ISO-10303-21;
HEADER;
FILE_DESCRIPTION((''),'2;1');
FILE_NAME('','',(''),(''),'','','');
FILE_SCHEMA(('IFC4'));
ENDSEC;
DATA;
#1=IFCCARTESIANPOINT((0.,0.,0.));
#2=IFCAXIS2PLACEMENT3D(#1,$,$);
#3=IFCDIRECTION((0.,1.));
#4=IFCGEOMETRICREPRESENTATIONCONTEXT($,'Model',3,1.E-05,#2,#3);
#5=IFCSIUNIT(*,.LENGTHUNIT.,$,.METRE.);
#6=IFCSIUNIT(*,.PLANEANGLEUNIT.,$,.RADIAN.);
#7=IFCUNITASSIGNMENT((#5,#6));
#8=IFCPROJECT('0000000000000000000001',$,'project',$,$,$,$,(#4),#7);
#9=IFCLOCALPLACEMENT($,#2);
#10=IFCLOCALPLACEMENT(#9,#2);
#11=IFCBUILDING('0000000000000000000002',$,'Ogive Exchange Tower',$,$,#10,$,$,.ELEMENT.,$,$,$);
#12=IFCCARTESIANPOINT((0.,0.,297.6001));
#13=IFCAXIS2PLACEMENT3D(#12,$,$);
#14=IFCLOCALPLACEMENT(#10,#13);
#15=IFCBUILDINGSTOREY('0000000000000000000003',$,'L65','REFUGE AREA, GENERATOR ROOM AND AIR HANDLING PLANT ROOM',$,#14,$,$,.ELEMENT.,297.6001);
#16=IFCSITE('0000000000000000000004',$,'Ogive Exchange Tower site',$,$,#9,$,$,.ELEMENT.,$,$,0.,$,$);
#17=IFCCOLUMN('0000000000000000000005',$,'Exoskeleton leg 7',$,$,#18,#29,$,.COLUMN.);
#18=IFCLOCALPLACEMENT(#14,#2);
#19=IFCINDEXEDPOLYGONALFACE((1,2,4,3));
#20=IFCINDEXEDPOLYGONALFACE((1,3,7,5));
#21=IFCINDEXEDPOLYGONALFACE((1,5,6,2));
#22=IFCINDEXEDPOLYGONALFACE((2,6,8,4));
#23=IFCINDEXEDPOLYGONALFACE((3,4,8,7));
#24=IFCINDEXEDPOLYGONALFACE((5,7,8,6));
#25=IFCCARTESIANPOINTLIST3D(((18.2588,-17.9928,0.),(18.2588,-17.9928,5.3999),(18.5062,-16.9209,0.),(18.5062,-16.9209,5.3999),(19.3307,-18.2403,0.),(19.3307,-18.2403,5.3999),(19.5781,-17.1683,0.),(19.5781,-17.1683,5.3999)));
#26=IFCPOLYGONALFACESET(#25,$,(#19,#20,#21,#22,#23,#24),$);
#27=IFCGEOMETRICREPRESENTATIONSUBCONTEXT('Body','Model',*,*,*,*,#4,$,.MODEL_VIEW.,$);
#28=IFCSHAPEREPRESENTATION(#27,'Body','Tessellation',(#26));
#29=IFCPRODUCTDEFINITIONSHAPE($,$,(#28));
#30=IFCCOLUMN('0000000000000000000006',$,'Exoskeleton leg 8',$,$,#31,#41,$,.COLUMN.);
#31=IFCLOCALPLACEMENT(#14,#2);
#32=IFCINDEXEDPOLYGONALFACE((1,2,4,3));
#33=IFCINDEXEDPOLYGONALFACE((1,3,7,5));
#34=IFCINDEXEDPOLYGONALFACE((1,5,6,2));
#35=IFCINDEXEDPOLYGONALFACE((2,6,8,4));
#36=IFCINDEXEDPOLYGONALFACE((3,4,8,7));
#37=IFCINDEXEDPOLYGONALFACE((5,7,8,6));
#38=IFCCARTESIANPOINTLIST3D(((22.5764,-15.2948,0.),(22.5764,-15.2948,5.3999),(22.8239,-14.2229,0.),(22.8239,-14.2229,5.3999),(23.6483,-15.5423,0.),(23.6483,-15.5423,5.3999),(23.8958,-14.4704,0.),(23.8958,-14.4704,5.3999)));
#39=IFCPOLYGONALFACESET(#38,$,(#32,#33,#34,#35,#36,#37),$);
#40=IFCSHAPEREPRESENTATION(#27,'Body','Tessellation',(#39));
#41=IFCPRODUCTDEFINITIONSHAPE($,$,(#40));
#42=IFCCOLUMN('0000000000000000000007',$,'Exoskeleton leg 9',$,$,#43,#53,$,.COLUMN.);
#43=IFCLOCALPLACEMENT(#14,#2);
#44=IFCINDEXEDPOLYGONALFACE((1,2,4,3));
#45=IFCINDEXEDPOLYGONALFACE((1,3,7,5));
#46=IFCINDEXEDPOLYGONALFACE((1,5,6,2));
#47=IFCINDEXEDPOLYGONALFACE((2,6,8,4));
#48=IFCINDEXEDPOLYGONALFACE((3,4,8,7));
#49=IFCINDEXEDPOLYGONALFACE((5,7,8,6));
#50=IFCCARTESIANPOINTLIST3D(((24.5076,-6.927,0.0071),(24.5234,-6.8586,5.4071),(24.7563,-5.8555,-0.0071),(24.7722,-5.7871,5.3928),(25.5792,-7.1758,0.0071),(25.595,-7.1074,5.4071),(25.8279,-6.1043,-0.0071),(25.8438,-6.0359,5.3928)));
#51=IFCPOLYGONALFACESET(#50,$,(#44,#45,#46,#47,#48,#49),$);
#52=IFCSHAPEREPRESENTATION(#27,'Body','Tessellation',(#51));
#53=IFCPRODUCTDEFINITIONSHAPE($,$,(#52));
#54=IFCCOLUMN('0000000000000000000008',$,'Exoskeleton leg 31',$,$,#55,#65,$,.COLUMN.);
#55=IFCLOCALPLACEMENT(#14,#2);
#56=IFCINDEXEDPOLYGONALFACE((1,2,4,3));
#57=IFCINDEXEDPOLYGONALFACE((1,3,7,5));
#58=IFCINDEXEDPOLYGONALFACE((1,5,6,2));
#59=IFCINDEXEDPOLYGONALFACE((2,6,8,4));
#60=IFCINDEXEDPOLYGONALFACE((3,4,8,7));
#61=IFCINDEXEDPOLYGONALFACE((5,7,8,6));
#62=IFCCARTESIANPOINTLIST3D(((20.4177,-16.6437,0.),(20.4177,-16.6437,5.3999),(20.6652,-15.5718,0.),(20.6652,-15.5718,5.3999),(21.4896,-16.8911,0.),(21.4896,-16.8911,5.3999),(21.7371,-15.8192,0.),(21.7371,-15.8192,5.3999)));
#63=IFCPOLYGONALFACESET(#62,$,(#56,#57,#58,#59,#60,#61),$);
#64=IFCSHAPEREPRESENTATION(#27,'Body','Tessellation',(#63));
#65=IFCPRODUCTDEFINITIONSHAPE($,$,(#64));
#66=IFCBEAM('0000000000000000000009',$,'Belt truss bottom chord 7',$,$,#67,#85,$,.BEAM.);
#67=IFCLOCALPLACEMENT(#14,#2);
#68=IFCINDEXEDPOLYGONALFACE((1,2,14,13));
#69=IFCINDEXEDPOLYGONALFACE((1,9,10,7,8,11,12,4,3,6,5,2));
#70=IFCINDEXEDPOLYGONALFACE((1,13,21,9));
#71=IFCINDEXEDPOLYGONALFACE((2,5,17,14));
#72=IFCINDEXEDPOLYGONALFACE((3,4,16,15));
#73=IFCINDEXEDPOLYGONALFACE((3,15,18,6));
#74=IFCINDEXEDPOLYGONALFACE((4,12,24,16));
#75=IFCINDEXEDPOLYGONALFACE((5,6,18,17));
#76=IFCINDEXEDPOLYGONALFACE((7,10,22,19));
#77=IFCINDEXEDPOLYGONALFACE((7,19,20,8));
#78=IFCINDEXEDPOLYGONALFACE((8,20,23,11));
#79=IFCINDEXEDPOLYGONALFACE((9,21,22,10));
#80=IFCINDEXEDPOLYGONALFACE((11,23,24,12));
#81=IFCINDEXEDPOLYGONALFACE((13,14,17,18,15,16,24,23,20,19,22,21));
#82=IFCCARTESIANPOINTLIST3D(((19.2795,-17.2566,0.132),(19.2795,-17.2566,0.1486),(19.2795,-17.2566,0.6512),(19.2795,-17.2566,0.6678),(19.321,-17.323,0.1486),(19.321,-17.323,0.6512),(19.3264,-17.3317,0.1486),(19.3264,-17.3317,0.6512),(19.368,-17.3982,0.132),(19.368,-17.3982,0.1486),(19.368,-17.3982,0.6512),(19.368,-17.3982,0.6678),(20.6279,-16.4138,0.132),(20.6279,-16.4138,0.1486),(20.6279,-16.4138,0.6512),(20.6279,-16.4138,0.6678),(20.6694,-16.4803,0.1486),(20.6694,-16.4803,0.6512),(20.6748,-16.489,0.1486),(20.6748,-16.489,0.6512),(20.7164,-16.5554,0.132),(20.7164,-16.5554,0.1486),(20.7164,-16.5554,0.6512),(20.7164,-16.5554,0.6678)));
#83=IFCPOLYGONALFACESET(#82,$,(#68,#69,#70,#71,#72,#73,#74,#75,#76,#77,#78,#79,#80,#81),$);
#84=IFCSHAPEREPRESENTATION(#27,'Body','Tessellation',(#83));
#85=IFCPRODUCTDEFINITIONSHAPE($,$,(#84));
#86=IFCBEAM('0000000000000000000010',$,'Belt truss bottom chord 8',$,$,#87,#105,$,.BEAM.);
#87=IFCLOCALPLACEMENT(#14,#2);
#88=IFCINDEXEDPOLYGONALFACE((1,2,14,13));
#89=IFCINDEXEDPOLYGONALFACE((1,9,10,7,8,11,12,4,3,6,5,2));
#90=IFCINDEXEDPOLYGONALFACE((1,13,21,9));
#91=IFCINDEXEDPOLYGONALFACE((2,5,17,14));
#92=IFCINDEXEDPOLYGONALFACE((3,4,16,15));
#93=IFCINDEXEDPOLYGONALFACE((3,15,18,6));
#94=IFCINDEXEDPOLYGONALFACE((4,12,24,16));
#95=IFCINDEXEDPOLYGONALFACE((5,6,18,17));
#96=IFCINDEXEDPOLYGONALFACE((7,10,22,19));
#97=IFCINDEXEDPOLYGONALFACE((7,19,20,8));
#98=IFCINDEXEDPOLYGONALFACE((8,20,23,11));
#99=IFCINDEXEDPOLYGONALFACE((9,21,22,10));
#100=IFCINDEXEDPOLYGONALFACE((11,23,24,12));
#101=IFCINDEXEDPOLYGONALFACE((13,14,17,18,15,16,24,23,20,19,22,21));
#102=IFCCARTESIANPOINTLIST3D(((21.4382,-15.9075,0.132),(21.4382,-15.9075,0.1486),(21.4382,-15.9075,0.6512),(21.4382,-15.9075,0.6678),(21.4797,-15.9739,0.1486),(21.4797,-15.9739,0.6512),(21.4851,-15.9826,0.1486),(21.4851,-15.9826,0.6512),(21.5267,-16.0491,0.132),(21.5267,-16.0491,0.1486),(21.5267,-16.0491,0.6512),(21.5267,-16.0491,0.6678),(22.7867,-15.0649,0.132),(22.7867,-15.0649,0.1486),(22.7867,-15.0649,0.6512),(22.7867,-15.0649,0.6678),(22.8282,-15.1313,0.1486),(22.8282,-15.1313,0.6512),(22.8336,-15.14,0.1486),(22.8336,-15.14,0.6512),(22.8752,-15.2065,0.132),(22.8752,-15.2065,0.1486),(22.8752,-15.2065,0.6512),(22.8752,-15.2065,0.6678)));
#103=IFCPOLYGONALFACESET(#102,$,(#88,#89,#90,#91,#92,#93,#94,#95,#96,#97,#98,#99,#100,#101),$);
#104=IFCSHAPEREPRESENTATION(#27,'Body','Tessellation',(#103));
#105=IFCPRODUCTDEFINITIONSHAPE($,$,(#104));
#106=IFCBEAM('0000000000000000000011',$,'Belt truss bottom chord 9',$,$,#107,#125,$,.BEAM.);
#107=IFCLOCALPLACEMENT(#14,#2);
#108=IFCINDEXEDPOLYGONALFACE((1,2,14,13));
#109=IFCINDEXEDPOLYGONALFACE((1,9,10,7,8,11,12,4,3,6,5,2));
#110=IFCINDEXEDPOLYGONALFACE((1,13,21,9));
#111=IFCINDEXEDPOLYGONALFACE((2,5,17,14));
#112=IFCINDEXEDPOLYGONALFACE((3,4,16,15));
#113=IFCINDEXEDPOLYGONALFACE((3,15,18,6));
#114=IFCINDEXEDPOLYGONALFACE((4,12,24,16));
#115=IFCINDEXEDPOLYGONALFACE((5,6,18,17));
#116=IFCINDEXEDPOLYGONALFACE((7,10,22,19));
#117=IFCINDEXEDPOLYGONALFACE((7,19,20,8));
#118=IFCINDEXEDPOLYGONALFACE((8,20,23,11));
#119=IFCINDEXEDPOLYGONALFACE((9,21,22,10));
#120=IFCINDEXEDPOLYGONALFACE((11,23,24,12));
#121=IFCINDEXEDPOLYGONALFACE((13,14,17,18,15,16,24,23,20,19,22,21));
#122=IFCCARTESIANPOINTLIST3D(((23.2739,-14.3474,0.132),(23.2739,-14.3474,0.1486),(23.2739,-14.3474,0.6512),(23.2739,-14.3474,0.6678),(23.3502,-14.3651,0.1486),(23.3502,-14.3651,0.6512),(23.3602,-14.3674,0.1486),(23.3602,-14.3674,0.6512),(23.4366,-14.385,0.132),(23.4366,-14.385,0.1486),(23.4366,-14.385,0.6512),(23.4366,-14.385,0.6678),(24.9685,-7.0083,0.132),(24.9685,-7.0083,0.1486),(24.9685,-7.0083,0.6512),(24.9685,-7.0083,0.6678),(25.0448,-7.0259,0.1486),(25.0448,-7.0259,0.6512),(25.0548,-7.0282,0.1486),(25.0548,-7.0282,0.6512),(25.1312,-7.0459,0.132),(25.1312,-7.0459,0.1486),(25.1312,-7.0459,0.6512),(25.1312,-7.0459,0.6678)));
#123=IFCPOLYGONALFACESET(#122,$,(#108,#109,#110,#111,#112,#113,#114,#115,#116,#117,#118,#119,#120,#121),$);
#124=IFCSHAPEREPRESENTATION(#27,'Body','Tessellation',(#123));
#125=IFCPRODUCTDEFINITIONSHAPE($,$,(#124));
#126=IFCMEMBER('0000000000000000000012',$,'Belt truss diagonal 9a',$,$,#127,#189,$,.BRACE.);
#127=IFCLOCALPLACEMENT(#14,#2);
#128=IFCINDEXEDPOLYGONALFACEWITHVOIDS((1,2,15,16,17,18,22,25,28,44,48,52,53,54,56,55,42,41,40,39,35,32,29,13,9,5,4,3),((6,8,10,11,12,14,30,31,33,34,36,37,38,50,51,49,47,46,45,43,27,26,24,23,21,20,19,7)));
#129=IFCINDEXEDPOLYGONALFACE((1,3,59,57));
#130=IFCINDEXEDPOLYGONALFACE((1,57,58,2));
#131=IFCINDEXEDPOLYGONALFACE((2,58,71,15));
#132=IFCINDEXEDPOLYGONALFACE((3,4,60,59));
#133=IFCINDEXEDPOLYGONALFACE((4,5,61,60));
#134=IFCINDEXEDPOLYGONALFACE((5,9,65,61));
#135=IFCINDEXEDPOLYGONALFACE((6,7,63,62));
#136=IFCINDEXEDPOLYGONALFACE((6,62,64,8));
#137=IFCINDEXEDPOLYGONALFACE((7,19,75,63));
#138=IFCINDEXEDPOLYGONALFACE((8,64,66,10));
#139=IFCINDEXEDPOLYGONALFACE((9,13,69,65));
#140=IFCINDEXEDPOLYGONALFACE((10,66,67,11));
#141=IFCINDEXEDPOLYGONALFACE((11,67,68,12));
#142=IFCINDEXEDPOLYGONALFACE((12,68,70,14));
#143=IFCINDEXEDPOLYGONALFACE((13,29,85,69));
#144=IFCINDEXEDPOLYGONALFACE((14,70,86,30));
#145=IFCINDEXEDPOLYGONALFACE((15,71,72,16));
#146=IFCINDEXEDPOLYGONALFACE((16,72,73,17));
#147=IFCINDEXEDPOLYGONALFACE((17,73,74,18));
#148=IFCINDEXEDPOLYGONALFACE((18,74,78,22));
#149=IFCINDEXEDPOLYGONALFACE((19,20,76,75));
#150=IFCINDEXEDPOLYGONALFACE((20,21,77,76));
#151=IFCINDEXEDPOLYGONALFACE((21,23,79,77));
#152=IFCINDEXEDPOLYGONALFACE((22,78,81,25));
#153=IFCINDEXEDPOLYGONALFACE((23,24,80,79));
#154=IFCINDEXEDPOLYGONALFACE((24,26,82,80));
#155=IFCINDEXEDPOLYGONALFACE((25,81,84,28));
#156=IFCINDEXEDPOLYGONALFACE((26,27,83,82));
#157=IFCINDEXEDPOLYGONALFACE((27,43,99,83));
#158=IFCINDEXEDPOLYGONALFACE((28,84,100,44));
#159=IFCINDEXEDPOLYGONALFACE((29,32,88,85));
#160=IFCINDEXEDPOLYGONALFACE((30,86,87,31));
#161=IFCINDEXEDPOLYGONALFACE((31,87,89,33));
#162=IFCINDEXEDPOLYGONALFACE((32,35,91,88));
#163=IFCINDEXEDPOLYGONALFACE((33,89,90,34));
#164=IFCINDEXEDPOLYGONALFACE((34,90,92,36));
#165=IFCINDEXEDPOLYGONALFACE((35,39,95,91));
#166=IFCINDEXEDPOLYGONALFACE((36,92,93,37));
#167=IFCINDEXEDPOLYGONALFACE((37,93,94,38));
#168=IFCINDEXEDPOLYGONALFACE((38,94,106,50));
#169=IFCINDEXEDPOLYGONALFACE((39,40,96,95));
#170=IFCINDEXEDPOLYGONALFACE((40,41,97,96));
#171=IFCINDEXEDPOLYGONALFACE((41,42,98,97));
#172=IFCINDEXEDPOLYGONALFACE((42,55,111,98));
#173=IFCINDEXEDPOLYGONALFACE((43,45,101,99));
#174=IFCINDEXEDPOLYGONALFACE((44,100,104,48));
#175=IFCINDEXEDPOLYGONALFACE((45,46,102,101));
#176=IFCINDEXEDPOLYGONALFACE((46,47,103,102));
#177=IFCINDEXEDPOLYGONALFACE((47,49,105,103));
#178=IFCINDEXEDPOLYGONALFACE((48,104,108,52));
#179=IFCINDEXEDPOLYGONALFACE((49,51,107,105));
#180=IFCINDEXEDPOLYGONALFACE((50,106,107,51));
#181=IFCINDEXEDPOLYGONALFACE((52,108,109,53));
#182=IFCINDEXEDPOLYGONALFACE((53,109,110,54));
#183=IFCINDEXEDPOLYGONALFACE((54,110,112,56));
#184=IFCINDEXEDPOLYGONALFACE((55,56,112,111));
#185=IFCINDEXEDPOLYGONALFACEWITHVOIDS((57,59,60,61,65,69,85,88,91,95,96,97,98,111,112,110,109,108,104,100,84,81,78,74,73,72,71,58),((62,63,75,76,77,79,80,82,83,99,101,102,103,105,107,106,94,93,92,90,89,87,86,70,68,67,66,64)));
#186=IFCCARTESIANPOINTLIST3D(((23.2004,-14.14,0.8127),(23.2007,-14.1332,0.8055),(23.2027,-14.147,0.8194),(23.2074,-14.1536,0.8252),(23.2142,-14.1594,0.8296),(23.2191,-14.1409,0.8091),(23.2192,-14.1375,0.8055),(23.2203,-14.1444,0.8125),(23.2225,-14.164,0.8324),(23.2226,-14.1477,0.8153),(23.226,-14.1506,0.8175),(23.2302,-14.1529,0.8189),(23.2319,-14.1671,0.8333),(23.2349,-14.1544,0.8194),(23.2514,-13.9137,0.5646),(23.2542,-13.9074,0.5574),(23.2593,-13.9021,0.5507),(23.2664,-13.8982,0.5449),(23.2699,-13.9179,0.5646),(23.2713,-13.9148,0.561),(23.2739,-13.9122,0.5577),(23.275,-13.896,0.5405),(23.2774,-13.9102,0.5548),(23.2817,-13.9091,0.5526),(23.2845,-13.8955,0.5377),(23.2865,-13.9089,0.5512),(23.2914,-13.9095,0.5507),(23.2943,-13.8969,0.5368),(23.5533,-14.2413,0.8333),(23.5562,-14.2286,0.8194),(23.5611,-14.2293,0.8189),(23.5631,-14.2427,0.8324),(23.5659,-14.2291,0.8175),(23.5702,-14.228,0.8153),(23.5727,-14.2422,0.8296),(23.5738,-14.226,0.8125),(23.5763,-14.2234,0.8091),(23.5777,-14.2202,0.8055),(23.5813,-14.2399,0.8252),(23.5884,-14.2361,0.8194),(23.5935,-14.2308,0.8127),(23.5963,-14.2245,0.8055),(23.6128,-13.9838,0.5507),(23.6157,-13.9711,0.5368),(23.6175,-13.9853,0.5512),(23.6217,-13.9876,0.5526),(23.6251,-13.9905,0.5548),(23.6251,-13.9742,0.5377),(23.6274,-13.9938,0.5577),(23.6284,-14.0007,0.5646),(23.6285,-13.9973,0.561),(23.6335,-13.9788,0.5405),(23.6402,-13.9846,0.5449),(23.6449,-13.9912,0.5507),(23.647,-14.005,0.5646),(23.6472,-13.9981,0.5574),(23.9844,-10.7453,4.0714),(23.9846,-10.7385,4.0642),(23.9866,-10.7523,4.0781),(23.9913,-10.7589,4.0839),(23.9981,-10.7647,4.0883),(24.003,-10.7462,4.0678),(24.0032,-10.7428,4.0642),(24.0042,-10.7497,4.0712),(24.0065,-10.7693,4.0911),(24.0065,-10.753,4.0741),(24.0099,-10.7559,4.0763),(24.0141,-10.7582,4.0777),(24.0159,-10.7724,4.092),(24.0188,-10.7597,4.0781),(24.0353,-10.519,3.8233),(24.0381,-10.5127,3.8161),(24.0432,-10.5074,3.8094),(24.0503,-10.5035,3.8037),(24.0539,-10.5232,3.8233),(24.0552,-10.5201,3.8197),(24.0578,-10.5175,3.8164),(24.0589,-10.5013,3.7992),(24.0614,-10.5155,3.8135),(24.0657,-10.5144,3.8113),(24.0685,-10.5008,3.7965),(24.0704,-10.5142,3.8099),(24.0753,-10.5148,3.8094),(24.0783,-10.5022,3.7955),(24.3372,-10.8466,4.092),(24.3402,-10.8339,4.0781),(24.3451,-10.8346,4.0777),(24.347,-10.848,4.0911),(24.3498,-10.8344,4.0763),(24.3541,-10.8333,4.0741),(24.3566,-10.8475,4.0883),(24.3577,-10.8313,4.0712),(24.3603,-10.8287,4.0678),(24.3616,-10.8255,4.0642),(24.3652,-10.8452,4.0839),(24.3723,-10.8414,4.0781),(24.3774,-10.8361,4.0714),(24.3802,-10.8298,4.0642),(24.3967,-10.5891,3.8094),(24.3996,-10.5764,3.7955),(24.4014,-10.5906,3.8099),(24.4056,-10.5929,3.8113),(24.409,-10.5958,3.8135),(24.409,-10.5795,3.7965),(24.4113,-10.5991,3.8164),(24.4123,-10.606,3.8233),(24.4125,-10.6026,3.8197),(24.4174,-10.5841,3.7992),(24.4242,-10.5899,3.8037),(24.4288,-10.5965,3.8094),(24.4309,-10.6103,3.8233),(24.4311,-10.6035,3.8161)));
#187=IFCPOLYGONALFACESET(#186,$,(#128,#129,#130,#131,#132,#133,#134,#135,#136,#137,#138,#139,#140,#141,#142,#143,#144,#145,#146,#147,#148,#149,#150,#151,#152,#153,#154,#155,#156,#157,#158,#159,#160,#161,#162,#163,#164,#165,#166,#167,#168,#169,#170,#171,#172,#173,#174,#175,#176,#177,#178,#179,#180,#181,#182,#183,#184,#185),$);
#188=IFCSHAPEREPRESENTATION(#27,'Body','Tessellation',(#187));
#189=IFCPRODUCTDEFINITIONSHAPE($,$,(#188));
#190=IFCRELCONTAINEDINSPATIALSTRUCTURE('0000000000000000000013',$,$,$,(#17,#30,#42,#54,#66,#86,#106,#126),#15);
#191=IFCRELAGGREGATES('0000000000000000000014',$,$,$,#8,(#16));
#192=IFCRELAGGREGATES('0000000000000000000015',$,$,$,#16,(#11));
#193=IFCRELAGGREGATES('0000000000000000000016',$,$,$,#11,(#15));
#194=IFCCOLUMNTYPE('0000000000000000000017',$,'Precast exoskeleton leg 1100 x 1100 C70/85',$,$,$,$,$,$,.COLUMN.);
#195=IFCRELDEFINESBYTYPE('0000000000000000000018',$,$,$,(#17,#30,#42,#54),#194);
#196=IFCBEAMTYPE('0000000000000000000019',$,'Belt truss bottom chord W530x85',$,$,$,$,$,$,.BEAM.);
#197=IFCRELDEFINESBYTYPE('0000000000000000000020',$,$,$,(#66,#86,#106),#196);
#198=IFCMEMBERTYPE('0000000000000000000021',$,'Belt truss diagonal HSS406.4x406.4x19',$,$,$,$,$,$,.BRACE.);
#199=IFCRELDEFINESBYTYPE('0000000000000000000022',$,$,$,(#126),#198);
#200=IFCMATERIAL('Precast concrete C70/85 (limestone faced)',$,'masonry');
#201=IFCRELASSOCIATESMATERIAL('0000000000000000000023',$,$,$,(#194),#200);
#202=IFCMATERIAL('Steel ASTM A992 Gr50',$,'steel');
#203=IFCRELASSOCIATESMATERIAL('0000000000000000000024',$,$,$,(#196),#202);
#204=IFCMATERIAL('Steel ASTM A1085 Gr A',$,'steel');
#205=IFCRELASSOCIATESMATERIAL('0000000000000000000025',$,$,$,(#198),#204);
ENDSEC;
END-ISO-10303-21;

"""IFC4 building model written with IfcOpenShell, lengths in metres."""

from ifc_helpers import new_model, si_unit, direction, frame, origin, origin_2d, place, context, subcontext, project, spatial, rectangle, hollow_rectangle, i_section, extrude, material, material_profile, profile_set, type_object, element, save


model = new_model("IFC4")

# Units and contexts
model_context = context("Model", 3, precision=1e-05, world=origin(), true_north=direction((0.0, 1.0)))
body_context = subcontext(model_context, "Body", "Model", "MODEL_VIEW")
ifc_project = project(units=[si_unit("LENGTHUNIT", "METRE"), si_unit("PLANEANGLEUNIT", "RADIAN")], contexts=[model_context])

# Site, building, storey
site_placement = place(None, origin())
site = spatial("IfcSite", under=ifc_project, at=site_placement, Name="Ogive Exchange Tower site", CompositionType="ELEMENT", RefElevation=0.0)
building_placement = place(site_placement, origin())
building = spatial("IfcBuilding", under=site, at=building_placement, Name="Ogive Exchange Tower", CompositionType="ELEMENT")
storey_placement = place(building_placement, frame((0.0, 0.0, 297.6001)))
storey = spatial("IfcBuildingStorey", under=building, at=storey_placement, Name="L65", Description="REFUGE AREA, GENERATOR ROOM AND AIR HANDLING PLANT ROOM", CompositionType="ELEMENT", Elevation=297.6001)

# Columns
ifc_material_1 = material(Name="Precast concrete C70/85 (limestone faced)", Category="masonry")
ifc_material_profile_1 = material_profile(ifc_material_1, rectangle(XDim=1.1001, YDim=1.1001, at=origin_2d()), Name="1100 x 1100")
ifc_profile_set_1 = profile_set([ifc_material_profile_1], Name="Precast concrete C70/85 (limestone faced)")
column_type = type_object("IfcColumnType", Name="Precast exoskeleton leg 1100 x 1100 C70/85", PredefinedType="COLUMN", material=ifc_profile_set_1)
for number, where, z_axis, x_axis, name in (
    (1, (18.9185, -17.5806, 0.0), (0.0, 0.0, 1.0), (0.97437, -0.224951, 0.0), "Exoskeleton leg 7"),
    (2, (23.2361, -14.8826, 0.0), (0.0, 0.0, 1.0), (0.97437, -0.224951, 0.0), "Exoskeleton leg 8"),
):
    element("IfcColumn", number, at=place(storey_placement, frame(where, z_axis=z_axis, x_axis=x_axis)), inside=storey, type_object=column_type, Name=name, PredefinedType="COLUMN", context=body_context, shape_type="SweptSolid", body=[
        extrude(rectangle(XDim=1.1001, YDim=1.1001, at=origin_2d()), origin(), (0.0, 0.0, 1.0), 5.3999),
    ])
column_1_placement = place(storey_placement, frame((25.1677, -6.5156, 0.0), z_axis=(0.002939, 0.012658, 0.999916), x_axis=(-0.974097, 0.22613, 0.0)))
element("IfcColumn", 3, at=column_1_placement, inside=storey, type_object=column_type, Name="Exoskeleton leg 9", PredefinedType="COLUMN", context=body_context, shape_type="SweptSolid", body=[
    extrude(rectangle(XDim=1.1001, YDim=1.1001, at=origin_2d()), origin(), (0.0, 0.0, 1.0), 5.4004),
])
column_2_placement = place(storey_placement, frame((21.0774, -16.2314, 0.0), z_axis=(0.0, 0.0, 1.0), x_axis=(0.97437, -0.224951, 0.0)))
element("IfcColumn", 4, at=column_2_placement, inside=storey, type_object=column_type, Name="Exoskeleton leg 31", PredefinedType="COLUMN", context=body_context, shape_type="SweptSolid", body=[
    extrude(rectangle(XDim=1.1001, YDim=1.1001, at=origin_2d()), origin(), (0.0, 0.0, 1.0), 5.3999),
])

# Beams
ifc_material_2 = material(Name="Steel ASTM A992 Gr50", Category="steel")
ifc_material_profile_2 = material_profile(ifc_material_2, i_section(OverallWidth=0.167, OverallDepth=0.5359, WebThickness=0.0103, FlangeThickness=0.0166, at=origin_2d()), Name="W530x85")
ifc_profile_set_2 = profile_set([ifc_material_profile_2], Name="Steel ASTM A992 Gr50")
beam_type_1 = type_object("IfcBeamType", Name="Belt truss bottom chord W530x85", PredefinedType="BEAM", material=ifc_profile_set_2)
for number, where, z_axis, x_axis, name in (
    (5, (19.3237, -17.3274, 0.3999), (0.84799, 0.530013, 0.0), (-0.530013, 0.84799, 0.0), "Belt truss bottom chord 7"),
    (6, (21.4824, -15.9783, 0.3999), (0.848059, 0.529902, 0.0), (-0.529902, 0.848059, 0.0), "Belt truss bottom chord 8"),
):
    element("IfcBeam", number, at=place(storey_placement, frame(where, z_axis=z_axis, x_axis=x_axis)), inside=storey, type_object=beam_type_1, Name=name, PredefinedType="BEAM", context=body_context, shape_type="SweptSolid", body=[
        extrude(i_section(OverallWidth=0.167, OverallDepth=0.5359, WebThickness=0.0103, FlangeThickness=0.0166, at=origin_2d()), origin(), (0.0, 0.0, 1.0), 1.5901),
    ])
beam_1_placement = place(storey_placement, frame((23.3552, -14.3662, 0.3999), z_axis=(0.224978, 0.974364, 0.0), x_axis=(-0.974364, 0.224978, 0.0)))
element("IfcBeam", 7, at=beam_1_placement, inside=storey, type_object=beam_type_1, Name="Belt truss bottom chord 9", PredefinedType="BEAM", context=body_context, shape_type="SweptSolid", body=[
    extrude(i_section(OverallWidth=0.167, OverallDepth=0.5359, WebThickness=0.0103, FlangeThickness=0.0166, at=origin_2d()), origin(), (0.0, 0.0, 1.0), 7.5322),
])

# Member
ifc_material_3 = material(Name="Steel ASTM A1085 Gr A", Category="steel")
ifc_material_profile_3 = material_profile(ifc_material_3, hollow_rectangle(XDim=0.406, YDim=0.406, WallThickness=0.019, InnerFilletRadius=0.019, OuterFilletRadius=0.0381, at=origin_2d()), Name="HSS406.4x406.4x19")
ifc_profile_set_3 = profile_set([ifc_material_profile_3], Name="Steel ASTM A1085 Gr A")
member_type_1 = type_object("IfcMemberType", Name="Belt truss diagonal HSS406.4x406.4x19", PredefinedType="BRACE", material=ifc_profile_set_3)
member_1_placement = place(storey_placement, frame((23.4238, -14.0691, 0.6851), z_axis=(0.164326, 0.711601, 0.683096), x_axis=(-0.974358, 0.225003, 0.0)))
element("IfcMember", 8, at=member_1_placement, inside=storey, type_object=member_type_1, Name="Belt truss diagonal 9a", PredefinedType="BRACE", context=body_context, shape_type="SweptSolid", body=[
    extrude(hollow_rectangle(XDim=0.406, YDim=0.406, WallThickness=0.019, InnerFilletRadius=0.019, OuterFilletRadius=0.0381, at=origin_2d()), origin(), (0.0, 0.0, 1.0), 4.7705),
])

save(model, "model.ifc")
